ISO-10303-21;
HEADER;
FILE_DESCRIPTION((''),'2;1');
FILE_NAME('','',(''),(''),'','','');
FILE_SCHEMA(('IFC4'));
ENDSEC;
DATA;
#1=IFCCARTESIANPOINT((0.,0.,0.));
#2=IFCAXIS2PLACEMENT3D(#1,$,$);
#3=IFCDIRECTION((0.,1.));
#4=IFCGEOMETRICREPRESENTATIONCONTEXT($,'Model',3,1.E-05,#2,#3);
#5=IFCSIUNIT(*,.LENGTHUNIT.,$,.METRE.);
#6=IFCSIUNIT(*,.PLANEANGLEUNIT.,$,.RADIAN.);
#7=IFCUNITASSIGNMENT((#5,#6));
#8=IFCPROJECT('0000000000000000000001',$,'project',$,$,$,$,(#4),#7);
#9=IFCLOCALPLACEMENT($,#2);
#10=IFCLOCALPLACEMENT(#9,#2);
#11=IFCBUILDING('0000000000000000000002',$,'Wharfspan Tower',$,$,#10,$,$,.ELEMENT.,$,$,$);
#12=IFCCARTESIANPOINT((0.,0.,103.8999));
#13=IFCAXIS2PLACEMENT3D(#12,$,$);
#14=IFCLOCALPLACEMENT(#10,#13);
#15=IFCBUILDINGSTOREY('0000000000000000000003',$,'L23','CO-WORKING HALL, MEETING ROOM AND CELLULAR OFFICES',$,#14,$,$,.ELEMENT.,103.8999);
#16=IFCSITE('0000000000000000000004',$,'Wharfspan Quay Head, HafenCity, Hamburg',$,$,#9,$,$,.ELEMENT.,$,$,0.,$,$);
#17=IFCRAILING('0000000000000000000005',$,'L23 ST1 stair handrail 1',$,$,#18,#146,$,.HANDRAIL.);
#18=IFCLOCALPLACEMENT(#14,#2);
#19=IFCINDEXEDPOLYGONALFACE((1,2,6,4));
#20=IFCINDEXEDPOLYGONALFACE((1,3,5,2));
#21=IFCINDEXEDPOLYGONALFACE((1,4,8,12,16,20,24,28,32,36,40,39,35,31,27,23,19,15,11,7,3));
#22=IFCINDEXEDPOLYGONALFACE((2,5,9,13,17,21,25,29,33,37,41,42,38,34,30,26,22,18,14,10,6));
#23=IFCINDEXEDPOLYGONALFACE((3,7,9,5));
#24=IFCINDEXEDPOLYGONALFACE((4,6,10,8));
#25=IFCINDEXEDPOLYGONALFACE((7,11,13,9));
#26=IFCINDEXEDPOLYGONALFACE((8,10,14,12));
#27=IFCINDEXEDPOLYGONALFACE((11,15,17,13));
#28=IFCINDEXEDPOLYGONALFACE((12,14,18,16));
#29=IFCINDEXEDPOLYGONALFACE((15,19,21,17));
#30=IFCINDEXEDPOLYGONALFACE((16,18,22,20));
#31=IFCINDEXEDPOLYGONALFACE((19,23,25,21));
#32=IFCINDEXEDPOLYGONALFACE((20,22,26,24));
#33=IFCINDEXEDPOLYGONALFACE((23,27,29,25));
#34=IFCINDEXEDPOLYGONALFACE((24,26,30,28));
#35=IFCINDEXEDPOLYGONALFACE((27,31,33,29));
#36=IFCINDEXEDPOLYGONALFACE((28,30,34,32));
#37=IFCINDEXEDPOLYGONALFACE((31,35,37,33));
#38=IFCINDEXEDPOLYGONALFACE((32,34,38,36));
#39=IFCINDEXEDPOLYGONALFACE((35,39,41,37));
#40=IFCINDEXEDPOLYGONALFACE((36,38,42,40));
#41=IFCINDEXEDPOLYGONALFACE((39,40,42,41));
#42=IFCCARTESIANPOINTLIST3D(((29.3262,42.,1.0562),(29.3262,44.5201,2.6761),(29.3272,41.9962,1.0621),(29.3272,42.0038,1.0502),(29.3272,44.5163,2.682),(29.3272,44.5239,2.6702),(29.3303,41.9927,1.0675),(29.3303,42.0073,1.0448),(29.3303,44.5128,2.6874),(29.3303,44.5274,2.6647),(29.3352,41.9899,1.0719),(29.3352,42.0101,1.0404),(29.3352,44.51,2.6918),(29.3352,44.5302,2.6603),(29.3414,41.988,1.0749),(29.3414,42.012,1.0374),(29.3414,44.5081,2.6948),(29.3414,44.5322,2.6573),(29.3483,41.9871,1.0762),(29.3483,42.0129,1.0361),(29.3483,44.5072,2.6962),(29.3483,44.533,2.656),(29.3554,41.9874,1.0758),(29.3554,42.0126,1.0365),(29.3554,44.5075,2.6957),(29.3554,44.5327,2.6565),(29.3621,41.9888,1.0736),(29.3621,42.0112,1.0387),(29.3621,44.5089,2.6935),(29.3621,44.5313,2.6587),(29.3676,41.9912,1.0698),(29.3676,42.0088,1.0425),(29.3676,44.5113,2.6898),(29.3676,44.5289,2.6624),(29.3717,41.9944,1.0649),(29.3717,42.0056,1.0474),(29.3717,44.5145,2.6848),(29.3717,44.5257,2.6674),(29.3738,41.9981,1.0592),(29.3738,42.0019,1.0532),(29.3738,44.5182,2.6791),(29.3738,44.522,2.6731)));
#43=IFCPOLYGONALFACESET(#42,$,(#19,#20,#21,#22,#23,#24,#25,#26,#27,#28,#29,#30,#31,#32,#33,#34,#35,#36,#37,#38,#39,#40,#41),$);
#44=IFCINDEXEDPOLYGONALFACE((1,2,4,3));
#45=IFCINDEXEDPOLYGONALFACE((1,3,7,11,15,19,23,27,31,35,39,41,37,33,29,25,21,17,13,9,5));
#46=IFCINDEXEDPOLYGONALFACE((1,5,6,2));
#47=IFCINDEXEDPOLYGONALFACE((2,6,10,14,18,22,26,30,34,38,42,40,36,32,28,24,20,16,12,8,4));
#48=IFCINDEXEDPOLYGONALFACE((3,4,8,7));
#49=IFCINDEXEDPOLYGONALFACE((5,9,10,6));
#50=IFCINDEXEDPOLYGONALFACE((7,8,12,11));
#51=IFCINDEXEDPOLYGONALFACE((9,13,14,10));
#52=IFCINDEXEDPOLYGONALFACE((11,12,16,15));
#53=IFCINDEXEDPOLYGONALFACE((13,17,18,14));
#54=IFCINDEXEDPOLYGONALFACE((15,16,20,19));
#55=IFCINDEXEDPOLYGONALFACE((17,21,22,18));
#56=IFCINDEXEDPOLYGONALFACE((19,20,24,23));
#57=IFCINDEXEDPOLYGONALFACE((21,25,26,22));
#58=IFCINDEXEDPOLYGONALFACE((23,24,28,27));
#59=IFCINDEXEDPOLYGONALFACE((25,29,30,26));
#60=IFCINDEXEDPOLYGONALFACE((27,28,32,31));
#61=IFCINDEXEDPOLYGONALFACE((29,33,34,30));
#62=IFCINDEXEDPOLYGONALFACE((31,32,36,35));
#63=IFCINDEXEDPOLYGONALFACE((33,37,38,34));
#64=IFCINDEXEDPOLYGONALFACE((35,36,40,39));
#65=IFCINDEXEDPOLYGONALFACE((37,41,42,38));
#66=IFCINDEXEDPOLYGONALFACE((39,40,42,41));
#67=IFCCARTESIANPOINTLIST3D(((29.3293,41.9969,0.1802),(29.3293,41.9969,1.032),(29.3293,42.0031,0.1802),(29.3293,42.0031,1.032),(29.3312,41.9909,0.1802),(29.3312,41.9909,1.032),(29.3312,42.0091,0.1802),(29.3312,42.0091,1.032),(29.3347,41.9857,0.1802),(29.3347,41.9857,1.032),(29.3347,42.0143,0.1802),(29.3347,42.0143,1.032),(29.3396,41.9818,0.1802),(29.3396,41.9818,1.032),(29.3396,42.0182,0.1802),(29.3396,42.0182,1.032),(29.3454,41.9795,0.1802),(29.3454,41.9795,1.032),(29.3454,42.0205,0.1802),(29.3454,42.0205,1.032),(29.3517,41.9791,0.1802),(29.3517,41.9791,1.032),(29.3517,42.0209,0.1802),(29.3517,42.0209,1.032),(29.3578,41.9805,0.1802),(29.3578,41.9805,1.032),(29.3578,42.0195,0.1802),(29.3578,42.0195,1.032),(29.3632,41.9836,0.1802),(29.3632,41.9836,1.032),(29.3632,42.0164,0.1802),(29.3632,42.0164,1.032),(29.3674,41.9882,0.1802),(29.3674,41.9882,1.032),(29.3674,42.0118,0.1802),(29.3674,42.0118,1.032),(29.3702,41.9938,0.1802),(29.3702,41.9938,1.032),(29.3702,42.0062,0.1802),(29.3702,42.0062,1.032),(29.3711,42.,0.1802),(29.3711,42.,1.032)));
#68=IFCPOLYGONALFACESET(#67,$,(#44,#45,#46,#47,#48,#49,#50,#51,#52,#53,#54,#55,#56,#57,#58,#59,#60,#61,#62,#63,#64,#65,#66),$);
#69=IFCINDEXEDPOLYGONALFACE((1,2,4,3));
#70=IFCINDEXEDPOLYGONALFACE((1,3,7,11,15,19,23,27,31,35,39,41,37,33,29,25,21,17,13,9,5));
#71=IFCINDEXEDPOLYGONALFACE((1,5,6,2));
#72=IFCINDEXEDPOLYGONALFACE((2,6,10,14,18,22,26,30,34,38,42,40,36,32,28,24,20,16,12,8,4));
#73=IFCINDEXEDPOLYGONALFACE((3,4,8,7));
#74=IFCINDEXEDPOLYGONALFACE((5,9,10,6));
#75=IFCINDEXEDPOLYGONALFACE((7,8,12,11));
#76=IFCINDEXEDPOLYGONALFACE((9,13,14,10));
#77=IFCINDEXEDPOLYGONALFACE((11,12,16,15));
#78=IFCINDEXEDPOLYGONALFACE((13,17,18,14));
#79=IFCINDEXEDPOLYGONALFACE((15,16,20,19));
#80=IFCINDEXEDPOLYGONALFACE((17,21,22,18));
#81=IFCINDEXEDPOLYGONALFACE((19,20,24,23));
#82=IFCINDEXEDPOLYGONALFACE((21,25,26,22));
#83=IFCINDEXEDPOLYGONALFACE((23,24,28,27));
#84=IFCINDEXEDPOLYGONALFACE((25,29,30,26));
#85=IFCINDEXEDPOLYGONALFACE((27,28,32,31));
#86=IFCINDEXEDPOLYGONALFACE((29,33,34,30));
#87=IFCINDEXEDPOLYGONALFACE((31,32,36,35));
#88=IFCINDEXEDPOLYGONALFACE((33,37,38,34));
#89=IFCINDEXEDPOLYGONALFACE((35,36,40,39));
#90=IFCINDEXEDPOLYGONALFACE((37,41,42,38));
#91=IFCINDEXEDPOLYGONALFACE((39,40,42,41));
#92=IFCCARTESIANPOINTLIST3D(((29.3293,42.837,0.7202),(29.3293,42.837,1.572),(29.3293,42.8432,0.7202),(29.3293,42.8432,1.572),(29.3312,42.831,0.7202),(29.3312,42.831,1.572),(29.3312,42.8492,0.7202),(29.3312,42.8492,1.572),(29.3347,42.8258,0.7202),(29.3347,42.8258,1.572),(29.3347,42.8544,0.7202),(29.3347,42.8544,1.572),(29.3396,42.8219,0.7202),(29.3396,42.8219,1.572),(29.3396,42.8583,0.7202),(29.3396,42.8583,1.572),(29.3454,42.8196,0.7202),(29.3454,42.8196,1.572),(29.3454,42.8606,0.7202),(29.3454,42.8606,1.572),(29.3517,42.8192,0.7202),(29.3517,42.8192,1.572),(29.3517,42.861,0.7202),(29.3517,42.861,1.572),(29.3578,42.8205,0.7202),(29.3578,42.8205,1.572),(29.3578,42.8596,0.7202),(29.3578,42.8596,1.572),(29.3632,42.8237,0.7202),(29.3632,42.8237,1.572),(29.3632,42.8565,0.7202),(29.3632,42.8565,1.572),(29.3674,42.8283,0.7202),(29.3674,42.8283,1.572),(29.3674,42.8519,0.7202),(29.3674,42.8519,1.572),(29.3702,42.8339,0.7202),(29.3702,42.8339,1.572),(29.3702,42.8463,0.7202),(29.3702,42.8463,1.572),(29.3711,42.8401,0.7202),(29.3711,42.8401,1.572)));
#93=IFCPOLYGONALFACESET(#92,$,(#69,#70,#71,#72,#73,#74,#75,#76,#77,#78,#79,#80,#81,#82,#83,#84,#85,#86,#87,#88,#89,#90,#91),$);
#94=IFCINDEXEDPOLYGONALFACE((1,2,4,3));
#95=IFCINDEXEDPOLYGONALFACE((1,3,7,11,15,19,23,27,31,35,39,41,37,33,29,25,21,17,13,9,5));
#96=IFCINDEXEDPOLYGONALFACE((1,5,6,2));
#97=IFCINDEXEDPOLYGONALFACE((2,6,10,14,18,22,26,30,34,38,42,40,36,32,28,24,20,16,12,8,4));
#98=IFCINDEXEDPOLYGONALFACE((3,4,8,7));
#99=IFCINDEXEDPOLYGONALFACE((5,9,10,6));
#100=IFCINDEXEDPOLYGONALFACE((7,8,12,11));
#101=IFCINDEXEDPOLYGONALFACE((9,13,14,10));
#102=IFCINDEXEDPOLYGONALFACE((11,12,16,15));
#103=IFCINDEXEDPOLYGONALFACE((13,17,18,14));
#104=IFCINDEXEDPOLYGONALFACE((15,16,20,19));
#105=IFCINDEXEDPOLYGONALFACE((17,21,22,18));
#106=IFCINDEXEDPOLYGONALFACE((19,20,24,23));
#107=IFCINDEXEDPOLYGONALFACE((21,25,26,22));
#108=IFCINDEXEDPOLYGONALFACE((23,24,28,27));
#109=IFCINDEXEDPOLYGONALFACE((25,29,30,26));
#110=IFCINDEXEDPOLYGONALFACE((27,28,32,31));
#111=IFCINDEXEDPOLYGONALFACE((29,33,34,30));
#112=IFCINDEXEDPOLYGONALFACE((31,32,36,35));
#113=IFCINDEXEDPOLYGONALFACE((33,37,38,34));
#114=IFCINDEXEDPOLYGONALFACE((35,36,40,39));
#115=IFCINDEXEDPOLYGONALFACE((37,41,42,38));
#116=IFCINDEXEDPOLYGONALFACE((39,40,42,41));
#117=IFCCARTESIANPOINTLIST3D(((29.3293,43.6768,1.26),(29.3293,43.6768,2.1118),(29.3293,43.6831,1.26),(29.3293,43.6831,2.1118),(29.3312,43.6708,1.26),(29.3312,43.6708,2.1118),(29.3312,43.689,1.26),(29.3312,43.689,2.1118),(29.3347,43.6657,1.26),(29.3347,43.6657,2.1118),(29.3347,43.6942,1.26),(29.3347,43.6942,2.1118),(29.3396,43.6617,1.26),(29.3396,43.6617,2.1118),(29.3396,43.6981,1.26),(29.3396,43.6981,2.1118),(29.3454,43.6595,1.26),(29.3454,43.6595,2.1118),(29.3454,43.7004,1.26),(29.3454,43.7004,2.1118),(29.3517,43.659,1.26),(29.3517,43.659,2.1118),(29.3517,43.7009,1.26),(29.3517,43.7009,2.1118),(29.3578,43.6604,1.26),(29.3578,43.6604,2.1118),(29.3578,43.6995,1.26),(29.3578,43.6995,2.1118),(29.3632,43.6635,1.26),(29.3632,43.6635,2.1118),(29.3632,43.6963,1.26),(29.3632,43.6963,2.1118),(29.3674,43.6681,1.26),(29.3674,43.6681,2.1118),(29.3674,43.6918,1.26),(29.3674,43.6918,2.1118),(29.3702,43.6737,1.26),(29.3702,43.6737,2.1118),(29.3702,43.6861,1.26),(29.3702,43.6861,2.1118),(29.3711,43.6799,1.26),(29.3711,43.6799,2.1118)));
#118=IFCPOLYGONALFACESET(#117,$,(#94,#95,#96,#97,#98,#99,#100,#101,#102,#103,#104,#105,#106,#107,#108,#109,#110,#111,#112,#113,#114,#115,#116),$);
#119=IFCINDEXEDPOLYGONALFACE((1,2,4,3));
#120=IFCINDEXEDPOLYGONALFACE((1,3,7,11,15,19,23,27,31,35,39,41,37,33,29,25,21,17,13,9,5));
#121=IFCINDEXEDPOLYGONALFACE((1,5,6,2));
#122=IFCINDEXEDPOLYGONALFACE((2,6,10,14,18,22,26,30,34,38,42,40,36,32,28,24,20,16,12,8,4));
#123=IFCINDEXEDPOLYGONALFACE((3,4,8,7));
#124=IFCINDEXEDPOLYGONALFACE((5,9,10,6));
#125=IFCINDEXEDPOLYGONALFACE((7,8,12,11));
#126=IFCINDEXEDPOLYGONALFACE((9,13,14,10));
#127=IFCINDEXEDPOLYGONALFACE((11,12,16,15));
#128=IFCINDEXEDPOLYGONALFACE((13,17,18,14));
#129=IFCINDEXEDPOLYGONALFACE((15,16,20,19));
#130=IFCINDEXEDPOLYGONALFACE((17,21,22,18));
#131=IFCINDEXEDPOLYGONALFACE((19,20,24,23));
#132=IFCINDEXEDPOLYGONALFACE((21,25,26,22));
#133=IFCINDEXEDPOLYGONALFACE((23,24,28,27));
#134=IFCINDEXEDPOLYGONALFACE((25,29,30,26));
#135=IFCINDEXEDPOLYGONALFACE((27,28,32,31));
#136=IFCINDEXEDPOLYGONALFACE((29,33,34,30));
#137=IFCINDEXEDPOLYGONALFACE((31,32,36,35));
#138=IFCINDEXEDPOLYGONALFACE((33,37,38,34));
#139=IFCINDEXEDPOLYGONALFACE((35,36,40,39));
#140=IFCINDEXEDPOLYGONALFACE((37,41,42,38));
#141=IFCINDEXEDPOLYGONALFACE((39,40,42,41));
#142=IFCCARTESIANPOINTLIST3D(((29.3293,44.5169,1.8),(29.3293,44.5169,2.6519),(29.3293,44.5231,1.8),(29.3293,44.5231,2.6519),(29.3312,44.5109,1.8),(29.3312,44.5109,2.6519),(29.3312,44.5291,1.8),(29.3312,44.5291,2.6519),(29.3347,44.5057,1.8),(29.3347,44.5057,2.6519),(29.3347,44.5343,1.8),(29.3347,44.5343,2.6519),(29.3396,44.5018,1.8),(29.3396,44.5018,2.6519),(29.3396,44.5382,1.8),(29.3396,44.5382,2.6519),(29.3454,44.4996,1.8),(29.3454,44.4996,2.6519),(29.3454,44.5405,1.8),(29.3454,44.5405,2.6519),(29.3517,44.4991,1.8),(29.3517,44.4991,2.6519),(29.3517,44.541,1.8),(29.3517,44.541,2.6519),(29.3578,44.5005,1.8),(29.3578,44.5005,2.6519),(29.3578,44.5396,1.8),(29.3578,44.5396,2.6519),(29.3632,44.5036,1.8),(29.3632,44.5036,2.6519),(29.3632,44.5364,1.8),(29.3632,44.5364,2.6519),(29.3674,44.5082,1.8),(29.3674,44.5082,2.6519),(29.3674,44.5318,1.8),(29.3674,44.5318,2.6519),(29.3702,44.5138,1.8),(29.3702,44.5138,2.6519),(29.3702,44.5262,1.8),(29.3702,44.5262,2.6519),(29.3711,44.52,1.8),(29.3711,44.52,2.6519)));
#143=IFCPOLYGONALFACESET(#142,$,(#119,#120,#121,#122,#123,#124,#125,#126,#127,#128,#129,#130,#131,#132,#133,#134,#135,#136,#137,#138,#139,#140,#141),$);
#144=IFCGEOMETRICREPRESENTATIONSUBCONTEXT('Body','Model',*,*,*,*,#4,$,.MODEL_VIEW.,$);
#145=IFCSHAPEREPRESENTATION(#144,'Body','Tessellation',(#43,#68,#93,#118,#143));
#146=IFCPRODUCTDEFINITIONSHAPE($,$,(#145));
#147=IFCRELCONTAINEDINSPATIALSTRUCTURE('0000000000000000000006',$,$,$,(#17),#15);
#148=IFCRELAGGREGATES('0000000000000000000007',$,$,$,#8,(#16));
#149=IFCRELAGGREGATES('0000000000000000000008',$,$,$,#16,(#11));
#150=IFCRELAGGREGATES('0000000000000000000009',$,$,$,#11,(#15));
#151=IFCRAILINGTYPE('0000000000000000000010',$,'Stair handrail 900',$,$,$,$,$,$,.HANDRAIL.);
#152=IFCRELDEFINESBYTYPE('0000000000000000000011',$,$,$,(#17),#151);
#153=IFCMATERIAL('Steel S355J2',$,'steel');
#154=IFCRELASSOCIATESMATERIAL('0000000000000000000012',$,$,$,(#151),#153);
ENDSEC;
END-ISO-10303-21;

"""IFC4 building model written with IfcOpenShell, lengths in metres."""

from ifc_helpers import new_model, si_unit, direction, frame, origin, origin_2d, place, context, subcontext, project, spatial, circle, extrude, material, type_object, element, save


model = new_model("IFC4")

# Units and contexts
model_context = context("Model", 3, precision=1e-05, world=origin(), true_north=direction((0.0, 1.0)))
body_context = subcontext(model_context, "Body", "Model", "MODEL_VIEW")
ifc_project = project(units=[si_unit("LENGTHUNIT", "METRE"), si_unit("PLANEANGLEUNIT", "RADIAN")], contexts=[model_context])

# Site, building, storey
site_placement = place(None, origin())
site = spatial("IfcSite", under=ifc_project, at=site_placement, Name="Wharfspan Quay Head, HafenCity, Hamburg", CompositionType="ELEMENT", RefElevation=0.0)
building_placement = place(site_placement, origin())
building = spatial("IfcBuilding", under=site, at=building_placement, Name="Wharfspan Tower", CompositionType="ELEMENT")
storey_placement = place(building_placement, frame((0.0, 0.0, 103.8999)))
storey = spatial("IfcBuildingStorey", under=building, at=storey_placement, Name="L23", Description="CO-WORKING HALL, MEETING ROOM AND CELLULAR OFFICES", CompositionType="ELEMENT", Elevation=103.8999)

# Shared definitions
ifc_material_1 = material(Name="Steel S355J2", Category="steel")

# Railing
railing_type_1 = type_object("IfcRailingType", Name="Stair handrail 900", PredefinedType="HANDRAIL", material=ifc_material_1)
railing_1_placement = place(storey_placement, frame((29.3501, 42.0, 0.1802)))
element("IfcRailing", 1, at=railing_1_placement, inside=storey, type_object=railing_type_1, Name="L23 ST1 stair handrail 1", PredefinedType="HANDRAIL", context=body_context, shape_type="SweptSolid", body=[
    extrude(circle(Radius=0.0239, at=origin_2d()), frame((0.0, 0.0, 0.876), z_axis=(0.0, 0.8412, 0.540725), x_axis=(-1.0, 0.0, 0.0)), (0.0, 0.0, 1.0), 2.9958),
    extrude(circle(Radius=0.021, at=origin_2d()), origin(), (0.0, 0.0, 1.0), 0.8518),
    extrude(circle(Radius=0.021, at=origin_2d()), frame((0.0, 0.8401, 0.54)), (0.0, 0.0, 1.0), 0.8518),
    extrude(circle(Radius=0.021, at=origin_2d()), frame((0.0, 1.6799, 1.0798)), (0.0, 0.0, 1.0), 0.8518),
    extrude(circle(Radius=0.021, at=origin_2d()), frame((0.0, 2.52, 1.6199)), (0.0, 0.0, 1.0), 0.8518),
])

save(model, "model.ifc")
